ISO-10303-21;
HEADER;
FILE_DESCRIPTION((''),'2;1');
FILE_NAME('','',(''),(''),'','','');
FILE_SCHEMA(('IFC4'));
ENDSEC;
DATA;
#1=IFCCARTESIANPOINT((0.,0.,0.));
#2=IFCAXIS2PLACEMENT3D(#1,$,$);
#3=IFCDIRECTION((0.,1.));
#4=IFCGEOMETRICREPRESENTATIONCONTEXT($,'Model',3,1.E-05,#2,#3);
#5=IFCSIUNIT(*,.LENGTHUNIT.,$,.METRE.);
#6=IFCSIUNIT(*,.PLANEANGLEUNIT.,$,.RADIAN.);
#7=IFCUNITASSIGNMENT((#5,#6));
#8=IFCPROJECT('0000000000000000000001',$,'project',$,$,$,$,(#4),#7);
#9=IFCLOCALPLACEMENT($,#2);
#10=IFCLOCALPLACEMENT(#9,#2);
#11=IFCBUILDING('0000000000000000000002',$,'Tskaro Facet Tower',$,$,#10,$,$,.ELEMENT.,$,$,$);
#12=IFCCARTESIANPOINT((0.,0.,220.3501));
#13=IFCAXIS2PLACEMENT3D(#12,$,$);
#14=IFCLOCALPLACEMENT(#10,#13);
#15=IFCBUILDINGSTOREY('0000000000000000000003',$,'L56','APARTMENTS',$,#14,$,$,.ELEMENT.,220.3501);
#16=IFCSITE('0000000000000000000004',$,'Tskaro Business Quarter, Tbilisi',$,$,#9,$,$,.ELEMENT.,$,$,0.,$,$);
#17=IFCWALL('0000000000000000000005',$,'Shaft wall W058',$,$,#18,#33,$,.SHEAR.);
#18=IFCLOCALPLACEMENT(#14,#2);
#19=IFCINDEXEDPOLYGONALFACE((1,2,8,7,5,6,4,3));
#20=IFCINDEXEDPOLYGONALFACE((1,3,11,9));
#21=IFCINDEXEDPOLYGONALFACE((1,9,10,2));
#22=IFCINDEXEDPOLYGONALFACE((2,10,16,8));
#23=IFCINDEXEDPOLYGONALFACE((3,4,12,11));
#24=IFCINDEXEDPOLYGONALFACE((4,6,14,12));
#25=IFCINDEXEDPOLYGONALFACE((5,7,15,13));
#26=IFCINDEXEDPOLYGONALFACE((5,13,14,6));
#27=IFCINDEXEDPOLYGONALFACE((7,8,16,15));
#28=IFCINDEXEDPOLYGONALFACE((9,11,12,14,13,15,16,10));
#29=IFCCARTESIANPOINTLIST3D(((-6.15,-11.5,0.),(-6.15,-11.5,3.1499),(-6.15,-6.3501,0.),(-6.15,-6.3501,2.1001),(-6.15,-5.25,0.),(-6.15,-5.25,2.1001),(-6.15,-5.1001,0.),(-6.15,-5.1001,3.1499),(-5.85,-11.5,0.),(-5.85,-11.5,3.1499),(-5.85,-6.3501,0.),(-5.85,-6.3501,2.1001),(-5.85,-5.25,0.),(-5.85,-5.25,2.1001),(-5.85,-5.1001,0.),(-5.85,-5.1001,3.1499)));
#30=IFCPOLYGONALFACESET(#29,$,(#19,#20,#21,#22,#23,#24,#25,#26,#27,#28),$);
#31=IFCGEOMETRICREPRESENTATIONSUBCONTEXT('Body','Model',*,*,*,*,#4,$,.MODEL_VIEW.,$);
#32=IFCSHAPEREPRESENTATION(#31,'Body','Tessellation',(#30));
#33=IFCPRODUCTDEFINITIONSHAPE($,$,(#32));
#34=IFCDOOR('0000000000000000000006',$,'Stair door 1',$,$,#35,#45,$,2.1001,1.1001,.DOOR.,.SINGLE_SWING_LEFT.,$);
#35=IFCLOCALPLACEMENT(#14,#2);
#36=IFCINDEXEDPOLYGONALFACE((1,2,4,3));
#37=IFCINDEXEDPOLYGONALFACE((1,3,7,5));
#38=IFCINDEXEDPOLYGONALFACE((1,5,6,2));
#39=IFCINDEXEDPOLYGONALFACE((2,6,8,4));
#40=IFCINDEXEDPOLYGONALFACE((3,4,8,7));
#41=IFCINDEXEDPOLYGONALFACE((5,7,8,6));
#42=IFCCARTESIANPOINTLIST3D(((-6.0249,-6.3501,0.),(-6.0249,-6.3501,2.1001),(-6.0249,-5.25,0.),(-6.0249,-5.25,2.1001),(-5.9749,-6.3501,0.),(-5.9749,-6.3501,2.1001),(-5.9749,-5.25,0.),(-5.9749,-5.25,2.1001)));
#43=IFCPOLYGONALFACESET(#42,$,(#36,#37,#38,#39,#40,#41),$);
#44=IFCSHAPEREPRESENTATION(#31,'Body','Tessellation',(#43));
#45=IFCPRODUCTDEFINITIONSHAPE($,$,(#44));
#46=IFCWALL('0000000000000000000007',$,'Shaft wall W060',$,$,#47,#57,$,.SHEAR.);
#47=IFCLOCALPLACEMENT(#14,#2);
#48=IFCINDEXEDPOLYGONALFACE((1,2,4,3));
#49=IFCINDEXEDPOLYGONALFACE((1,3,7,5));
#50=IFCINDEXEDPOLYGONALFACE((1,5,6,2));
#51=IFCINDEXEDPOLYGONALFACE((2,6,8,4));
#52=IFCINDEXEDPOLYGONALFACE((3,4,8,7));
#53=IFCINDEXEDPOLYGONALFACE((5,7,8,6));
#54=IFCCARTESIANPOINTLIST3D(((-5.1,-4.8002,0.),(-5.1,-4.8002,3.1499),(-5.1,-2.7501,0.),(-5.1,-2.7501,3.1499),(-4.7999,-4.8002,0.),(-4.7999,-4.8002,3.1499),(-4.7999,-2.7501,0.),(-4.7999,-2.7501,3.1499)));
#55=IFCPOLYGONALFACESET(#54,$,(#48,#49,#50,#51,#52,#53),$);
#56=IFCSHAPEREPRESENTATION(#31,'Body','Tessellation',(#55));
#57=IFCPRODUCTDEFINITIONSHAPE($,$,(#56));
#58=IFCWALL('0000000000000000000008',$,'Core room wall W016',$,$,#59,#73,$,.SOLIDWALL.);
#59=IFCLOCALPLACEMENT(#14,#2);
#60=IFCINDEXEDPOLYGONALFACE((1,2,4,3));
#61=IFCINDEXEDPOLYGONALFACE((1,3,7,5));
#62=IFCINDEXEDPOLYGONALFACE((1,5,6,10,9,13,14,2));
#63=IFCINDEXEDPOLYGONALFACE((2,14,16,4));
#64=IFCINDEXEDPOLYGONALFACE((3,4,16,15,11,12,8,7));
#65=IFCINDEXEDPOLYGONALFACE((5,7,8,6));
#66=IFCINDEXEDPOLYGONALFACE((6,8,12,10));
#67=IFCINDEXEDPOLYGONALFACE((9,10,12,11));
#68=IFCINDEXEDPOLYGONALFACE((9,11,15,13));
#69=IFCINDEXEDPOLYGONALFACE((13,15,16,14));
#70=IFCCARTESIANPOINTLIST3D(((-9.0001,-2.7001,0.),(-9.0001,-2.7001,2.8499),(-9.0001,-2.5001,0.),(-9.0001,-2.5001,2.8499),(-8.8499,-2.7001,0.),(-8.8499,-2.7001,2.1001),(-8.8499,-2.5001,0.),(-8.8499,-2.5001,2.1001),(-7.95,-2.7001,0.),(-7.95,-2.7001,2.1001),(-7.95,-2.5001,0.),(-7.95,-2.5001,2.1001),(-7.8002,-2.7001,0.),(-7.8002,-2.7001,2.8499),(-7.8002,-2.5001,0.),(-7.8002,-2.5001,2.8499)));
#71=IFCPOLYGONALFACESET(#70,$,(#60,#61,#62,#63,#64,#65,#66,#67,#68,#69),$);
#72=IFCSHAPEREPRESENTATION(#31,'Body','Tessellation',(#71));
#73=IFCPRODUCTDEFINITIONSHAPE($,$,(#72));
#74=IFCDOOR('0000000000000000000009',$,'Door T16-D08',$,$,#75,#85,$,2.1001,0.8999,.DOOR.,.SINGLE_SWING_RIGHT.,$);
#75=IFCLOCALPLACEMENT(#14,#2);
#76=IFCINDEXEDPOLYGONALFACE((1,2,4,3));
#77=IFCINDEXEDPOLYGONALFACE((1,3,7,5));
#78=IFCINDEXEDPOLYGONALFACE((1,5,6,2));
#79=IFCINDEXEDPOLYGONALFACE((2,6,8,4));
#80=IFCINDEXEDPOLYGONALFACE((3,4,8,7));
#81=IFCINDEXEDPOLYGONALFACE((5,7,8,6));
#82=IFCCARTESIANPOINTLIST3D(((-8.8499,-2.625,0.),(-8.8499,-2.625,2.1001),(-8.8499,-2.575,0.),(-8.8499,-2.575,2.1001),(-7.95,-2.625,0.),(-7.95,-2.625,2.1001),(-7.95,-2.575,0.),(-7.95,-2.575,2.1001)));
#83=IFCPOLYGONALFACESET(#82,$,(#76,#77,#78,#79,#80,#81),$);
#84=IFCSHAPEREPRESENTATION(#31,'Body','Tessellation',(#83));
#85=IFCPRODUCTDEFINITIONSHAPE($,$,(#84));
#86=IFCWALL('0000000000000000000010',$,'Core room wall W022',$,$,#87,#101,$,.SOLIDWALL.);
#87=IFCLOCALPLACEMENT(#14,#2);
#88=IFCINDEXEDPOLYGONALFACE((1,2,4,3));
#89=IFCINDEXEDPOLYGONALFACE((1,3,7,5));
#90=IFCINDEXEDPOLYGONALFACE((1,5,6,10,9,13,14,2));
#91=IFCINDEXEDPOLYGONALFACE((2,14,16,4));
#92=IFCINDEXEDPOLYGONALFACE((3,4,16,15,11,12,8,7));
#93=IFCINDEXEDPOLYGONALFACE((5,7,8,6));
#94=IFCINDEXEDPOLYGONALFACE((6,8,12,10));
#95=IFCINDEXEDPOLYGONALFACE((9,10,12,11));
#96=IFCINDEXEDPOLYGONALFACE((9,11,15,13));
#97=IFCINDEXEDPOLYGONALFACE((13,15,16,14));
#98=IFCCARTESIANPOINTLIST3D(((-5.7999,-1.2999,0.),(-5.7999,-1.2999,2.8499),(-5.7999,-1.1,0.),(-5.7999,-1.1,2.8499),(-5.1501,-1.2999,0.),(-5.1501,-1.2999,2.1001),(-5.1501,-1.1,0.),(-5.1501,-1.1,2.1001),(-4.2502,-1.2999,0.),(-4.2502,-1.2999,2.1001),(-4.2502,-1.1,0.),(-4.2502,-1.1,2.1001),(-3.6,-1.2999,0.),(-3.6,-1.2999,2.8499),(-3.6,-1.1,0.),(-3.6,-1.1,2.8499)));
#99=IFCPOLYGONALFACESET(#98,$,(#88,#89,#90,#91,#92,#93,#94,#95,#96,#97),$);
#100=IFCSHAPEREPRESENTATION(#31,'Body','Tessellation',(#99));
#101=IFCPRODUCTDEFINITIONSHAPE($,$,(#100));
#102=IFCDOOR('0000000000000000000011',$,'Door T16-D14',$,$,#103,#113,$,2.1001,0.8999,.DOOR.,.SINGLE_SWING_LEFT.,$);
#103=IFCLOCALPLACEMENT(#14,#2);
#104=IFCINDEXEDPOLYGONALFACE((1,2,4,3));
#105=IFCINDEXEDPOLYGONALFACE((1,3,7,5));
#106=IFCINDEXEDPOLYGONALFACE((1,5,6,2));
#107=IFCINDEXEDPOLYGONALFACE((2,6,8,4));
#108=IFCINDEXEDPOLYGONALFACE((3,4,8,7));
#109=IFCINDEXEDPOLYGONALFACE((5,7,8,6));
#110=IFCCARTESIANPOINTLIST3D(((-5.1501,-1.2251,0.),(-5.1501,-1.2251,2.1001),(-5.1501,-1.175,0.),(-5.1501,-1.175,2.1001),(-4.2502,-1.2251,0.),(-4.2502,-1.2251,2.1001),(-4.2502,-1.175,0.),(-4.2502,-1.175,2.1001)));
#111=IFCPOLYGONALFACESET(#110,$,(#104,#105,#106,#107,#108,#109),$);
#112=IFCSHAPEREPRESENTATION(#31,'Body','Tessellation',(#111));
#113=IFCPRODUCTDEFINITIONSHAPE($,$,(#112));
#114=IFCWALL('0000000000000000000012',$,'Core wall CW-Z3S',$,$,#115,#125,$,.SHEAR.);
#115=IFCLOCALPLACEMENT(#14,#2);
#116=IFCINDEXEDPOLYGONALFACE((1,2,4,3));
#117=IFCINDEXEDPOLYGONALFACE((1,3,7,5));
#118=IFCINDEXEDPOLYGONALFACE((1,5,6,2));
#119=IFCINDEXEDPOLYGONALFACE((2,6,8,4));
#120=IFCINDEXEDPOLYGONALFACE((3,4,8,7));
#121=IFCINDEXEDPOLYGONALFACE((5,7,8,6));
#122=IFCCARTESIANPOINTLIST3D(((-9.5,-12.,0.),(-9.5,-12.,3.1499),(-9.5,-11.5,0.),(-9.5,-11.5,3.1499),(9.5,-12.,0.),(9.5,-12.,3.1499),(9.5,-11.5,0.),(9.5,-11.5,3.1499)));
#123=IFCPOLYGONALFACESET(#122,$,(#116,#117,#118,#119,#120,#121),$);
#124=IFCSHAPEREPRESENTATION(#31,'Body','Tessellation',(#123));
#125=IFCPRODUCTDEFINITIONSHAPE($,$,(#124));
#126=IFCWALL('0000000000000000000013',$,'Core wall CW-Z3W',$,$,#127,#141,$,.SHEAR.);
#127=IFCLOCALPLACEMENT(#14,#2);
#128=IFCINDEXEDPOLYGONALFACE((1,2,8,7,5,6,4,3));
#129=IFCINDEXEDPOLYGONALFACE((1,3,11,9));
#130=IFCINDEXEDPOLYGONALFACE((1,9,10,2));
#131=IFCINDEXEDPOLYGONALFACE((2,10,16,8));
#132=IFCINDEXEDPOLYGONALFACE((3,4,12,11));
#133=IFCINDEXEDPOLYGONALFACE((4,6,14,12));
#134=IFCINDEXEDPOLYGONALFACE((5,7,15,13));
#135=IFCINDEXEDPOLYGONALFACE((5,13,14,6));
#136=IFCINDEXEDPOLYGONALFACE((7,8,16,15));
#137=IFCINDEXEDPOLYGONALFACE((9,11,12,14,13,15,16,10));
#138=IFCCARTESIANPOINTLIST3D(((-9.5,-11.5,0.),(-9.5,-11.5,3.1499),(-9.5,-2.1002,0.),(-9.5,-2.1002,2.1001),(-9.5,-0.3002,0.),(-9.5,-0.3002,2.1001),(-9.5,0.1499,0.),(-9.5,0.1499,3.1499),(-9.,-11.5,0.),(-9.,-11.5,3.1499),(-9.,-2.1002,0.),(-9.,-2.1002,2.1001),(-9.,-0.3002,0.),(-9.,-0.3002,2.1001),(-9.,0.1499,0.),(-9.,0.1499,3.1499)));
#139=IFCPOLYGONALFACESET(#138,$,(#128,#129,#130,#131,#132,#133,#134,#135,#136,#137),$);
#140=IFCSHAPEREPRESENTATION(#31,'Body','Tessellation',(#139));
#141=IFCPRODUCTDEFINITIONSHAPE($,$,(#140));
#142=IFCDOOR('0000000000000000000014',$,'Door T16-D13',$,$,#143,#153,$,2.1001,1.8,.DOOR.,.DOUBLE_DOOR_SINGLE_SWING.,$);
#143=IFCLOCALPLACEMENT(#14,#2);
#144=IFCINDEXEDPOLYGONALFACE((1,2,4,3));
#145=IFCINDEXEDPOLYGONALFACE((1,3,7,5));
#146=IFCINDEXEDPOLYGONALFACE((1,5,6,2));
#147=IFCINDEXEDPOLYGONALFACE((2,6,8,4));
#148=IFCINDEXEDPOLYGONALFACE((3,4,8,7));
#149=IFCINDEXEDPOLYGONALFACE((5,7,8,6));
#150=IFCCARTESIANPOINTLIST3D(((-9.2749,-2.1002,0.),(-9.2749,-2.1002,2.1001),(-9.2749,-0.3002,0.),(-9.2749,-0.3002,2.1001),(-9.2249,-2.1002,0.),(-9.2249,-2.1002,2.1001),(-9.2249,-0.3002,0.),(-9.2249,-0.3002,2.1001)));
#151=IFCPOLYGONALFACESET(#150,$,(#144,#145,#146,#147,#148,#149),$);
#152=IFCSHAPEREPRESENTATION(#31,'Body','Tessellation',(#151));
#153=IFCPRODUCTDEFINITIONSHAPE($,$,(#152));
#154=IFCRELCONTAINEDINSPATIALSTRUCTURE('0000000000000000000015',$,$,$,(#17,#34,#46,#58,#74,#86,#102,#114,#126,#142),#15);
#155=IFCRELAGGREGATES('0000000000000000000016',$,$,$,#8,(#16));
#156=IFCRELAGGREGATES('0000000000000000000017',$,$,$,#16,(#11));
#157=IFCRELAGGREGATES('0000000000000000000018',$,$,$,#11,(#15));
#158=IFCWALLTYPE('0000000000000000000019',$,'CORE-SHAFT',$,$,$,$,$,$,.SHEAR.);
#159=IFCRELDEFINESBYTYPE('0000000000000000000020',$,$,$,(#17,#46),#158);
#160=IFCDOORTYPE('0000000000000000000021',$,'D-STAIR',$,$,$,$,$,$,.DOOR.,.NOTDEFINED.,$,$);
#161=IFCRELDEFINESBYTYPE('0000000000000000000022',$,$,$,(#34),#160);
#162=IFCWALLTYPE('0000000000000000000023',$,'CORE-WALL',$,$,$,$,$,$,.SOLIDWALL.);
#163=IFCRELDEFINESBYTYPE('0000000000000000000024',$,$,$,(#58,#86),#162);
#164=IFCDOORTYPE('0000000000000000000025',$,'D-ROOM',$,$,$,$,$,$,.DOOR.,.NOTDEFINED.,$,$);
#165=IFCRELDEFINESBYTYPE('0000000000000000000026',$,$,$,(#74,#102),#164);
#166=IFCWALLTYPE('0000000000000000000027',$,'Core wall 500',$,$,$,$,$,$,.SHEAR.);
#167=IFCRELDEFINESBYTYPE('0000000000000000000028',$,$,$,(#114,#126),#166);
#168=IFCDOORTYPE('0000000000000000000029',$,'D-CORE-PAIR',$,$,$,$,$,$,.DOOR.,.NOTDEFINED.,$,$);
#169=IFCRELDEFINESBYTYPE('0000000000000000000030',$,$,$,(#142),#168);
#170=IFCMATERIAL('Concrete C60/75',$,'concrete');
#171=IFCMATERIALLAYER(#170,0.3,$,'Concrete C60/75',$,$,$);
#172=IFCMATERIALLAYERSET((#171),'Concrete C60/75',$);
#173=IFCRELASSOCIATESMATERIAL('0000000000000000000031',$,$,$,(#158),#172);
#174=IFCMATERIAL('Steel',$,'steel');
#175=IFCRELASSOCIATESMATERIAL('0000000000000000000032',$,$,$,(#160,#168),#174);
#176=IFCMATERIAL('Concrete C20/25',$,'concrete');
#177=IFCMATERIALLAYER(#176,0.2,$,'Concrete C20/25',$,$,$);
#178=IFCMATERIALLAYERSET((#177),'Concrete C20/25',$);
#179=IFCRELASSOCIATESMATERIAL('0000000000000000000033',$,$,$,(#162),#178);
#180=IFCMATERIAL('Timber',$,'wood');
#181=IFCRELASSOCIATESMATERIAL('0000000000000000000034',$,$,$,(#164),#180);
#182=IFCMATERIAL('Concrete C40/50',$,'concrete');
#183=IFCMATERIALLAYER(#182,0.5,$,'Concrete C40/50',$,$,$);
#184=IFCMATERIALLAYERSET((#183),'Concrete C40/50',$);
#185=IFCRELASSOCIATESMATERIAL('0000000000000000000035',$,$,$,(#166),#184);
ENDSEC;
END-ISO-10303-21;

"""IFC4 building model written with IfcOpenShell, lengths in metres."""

from ifc_helpers import new_model, si_unit, direction, frame, frame_2d, origin, place, context, subcontext, project, spatial, rectangle, extrude, material, layer, layer_set, type_object, element, fill, save


model = new_model("IFC4")

# Units and contexts
model_context = context("Model", 3, precision=1e-05, world=origin(), true_north=direction((0.0, 1.0)))
body_context = subcontext(model_context, "Body", "Model", "MODEL_VIEW")
ifc_project = project(units=[si_unit("LENGTHUNIT", "METRE"), si_unit("PLANEANGLEUNIT", "RADIAN")], contexts=[model_context])

# Site, building, storey
site_placement = place(None, origin())
site = spatial("IfcSite", under=ifc_project, at=site_placement, Name="Tskaro Business Quarter, Tbilisi", CompositionType="ELEMENT", RefElevation=0.0)
building_placement = place(site_placement, origin())
building = spatial("IfcBuilding", under=site, at=building_placement, Name="Tskaro Facet Tower", CompositionType="ELEMENT")
storey_placement = place(building_placement, frame((0.0, 0.0, 220.3501)))
storey = spatial("IfcBuildingStorey", under=building, at=storey_placement, Name="L56", Description="APARTMENTS", CompositionType="ELEMENT", Elevation=220.3501)

# Shared definitions
ifc_material_1 = material(Name="Concrete C60/75", Category="concrete")
ifc_layer_1 = layer(ifc_material_1, 0.3, Name="Concrete C60/75")
ifc_layer_set_1 = layer_set([ifc_layer_1], Name="Concrete C60/75")
wall_type_1 = type_object("IfcWallType", Name="CORE-SHAFT", PredefinedType="SHEAR", material=ifc_layer_set_1)

# Wall, opening, door
wall_1_placement = place(storey_placement, frame((-6.0, -11.5, 0.0), z_axis=(0.0, 0.0, 1.0), x_axis=(0.0, 1.0, 0.0)))
wall_1 = element("IfcWall", 1, at=wall_1_placement, inside=storey, type_object=wall_type_1, Name="Shaft wall W058", PredefinedType="SHEAR", context=body_context, shape_type="SweptSolid", body=[
    extrude(rectangle(XDim=6.3999, YDim=0.3, at=frame_2d((3.2, 0.0))), origin(), (0.0, 0.0, 1.0), 3.1499),
])
opening_1_placement = place(wall_1_placement, frame((5.1499, 0.0, 0.0)))
opening_1 = element("IfcOpeningElement", 2, at=opening_1_placement, cuts=wall_1, PredefinedType="OPENING", context=body_context, shape_type="SweptSolid", body=[
    extrude(rectangle(XDim=1.1001, YDim=2.1001, at=frame_2d((0.55, 1.05))), frame((0.0, 0.1599, 0.0), z_axis=(0.0, -1.0, 0.0), x_axis=(1.0, 0.0, 0.0)), (0.0, 0.0, 1.0), 0.3201),
])
ifc_material_2 = material(Name="Steel", Category="steel")
door_type_1 = type_object("IfcDoorType", Name="D-STAIR", OperationType="NOTDEFINED", PredefinedType="DOOR", material=ifc_material_2)
door_1_placement = place(opening_1_placement, origin())
door_1 = element("IfcDoor", 3, at=door_1_placement, inside=storey, type_object=door_type_1, Name="Stair door 1", OperationType="SINGLE_SWING_LEFT", OverallHeight=2.1001, OverallWidth=1.1001, PredefinedType="DOOR", context=body_context, shape_type="SweptSolid", body=[
    extrude(rectangle(XDim=1.1001, YDim=2.1001, at=frame_2d((0.55, 1.05))), frame((0.0, 0.0249, 0.0), z_axis=(0.0, -1.0, 0.0), x_axis=(1.0, 0.0, 0.0)), (0.0, 0.0, 1.0), 0.05),
])
fill(opening_1, door_1)

# Wall
wall_2_placement = place(storey_placement, frame((-4.95, -4.8, 0.0), z_axis=(0.0, 0.0, 1.0), x_axis=(0.0, 1.0, 0.0)))
element("IfcWall", 4, at=wall_2_placement, inside=storey, type_object=wall_type_1, Name="Shaft wall W060", PredefinedType="SHEAR", context=body_context, shape_type="SweptSolid", body=[
    extrude(rectangle(XDim=2.05, YDim=0.3, at=frame_2d((1.0249, 0.0))), origin(), (0.0, 0.0, 1.0), 3.1499),
])

# Walls, openings, doors
ifc_material_3 = material(Name="Concrete C20/25", Category="concrete")
ifc_layer_2 = layer(ifc_material_3, 0.2, Name="Concrete C20/25")
ifc_layer_set_2 = layer_set([ifc_layer_2], Name="Concrete C20/25")
wall_type_2 = type_object("IfcWallType", Name="CORE-WALL", PredefinedType="SOLIDWALL", material=ifc_layer_set_2)
wall_3_placement = place(storey_placement, frame((-7.8, -2.6001, 0.0), z_axis=(0.0, 0.0, 1.0), x_axis=(-1.0, 0.0, 0.0)))
wall_3 = element("IfcWall", 5, at=wall_3_placement, inside=storey, type_object=wall_type_2, Name="Core room wall W016", PredefinedType="SOLIDWALL", context=body_context, shape_type="SweptSolid", body=[
    extrude(rectangle(XDim=1.2, YDim=0.2, at=frame_2d((0.6001, 0.0))), origin(), (0.0, 0.0, 1.0), 2.8499),
])
opening_2_placement = place(wall_3_placement, frame((0.1499, 0.0, 0.0)))
opening_2 = element("IfcOpeningElement", 6, at=opening_2_placement, cuts=wall_3, PredefinedType="OPENING", context=body_context, shape_type="SweptSolid", body=[
    extrude(rectangle(XDim=0.8999, YDim=2.1001, at=frame_2d((0.45, 1.05))), frame((0.0, 0.1099, 0.0), z_axis=(0.0, -1.0, 0.0), x_axis=(1.0, 0.0, 0.0)), (0.0, 0.0, 1.0), 0.22),
])
ifc_material_4 = material(Name="Timber", Category="wood")
door_type_2 = type_object("IfcDoorType", Name="D-ROOM", OperationType="NOTDEFINED", PredefinedType="DOOR", material=ifc_material_4)
door_2_placement = place(opening_2_placement, origin())
door_2 = element("IfcDoor", 7, at=door_2_placement, inside=storey, type_object=door_type_2, Name="Door T16-D08", OperationType="SINGLE_SWING_RIGHT", OverallHeight=2.1001, OverallWidth=0.8999, PredefinedType="DOOR", context=body_context, shape_type="SweptSolid", body=[
    extrude(rectangle(XDim=0.8999, YDim=2.1001, at=frame_2d((0.45, 1.05))), frame((0.0, 0.0249, 0.0), z_axis=(0.0, -1.0, 0.0), x_axis=(1.0, 0.0, 0.0)), (0.0, 0.0, 1.0), 0.05),
])
fill(opening_2, door_2)
wall_4_placement = place(storey_placement, frame((-5.8, -1.2, 0.0), z_axis=(0.0, 0.0, 1.0), x_axis=(1.0, 0.0, 0.0)))
wall_4 = element("IfcWall", 8, at=wall_4_placement, inside=storey, type_object=wall_type_2, Name="Core room wall W022", PredefinedType="SOLIDWALL", context=body_context, shape_type="SweptSolid", body=[
    extrude(rectangle(XDim=2.2, YDim=0.2, at=frame_2d((1.1001, 0.0))), origin(), (0.0, 0.0, 1.0), 2.8499),
])
opening_3_placement = place(wall_4_placement, frame((0.6499, 0.0, 0.0)))
opening_3 = element("IfcOpeningElement", 9, at=opening_3_placement, cuts=wall_4, PredefinedType="OPENING", context=body_context, shape_type="SweptSolid", body=[
    extrude(rectangle(XDim=0.8999, YDim=2.1001, at=frame_2d((0.45, 1.05))), frame((0.0, 0.1099, 0.0), z_axis=(0.0, -1.0, 0.0), x_axis=(1.0, 0.0, 0.0)), (0.0, 0.0, 1.0), 0.22),
])
door_3_placement = place(opening_3_placement, origin())
door_3 = element("IfcDoor", 10, at=door_3_placement, inside=storey, type_object=door_type_2, Name="Door T16-D14", OperationType="SINGLE_SWING_LEFT", OverallHeight=2.1001, OverallWidth=0.8999, PredefinedType="DOOR", context=body_context, shape_type="SweptSolid", body=[
    extrude(rectangle(XDim=0.8999, YDim=2.1001, at=frame_2d((0.45, 1.05))), frame((0.0, 0.0249, 0.0), z_axis=(0.0, -1.0, 0.0), x_axis=(1.0, 0.0, 0.0)), (0.0, 0.0, 1.0), 0.05),
])
fill(opening_3, door_3)

# Wall
ifc_material_5 = material(Name="Concrete C40/50", Category="concrete")
ifc_layer_3 = layer(ifc_material_5, 0.5, Name="Concrete C40/50")
ifc_layer_set_3 = layer_set([ifc_layer_3], Name="Concrete C40/50")
wall_type_3 = type_object("IfcWallType", Name="Core wall 500", PredefinedType="SHEAR", material=ifc_layer_set_3)
wall_5_placement = place(storey_placement, frame((-9.5, -11.75, 0.0), z_axis=(0.0, 0.0, 1.0), x_axis=(1.0, 0.0, 0.0)))
element("IfcWall", 11, at=wall_5_placement, inside=storey, type_object=wall_type_3, Name="Core wall CW-Z3S", PredefinedType="SHEAR", context=body_context, shape_type="SweptSolid", body=[
    extrude(rectangle(XDim=19.0, YDim=0.5, at=frame_2d((9.5, 0.0))), origin(), (0.0, 0.0, 1.0), 3.1499),
])

# Wall, opening, door
wall_6_placement = place(storey_placement, frame((-9.25, -11.5, 0.0), z_axis=(0.0, 0.0, 1.0), x_axis=(0.0, 1.0, 0.0)))
wall_6 = element("IfcWall", 12, at=wall_6_placement, inside=storey, type_object=wall_type_3, Name="Core wall CW-Z3W", PredefinedType="SHEAR", context=body_context, shape_type="SweptSolid", body=[
    extrude(rectangle(XDim=11.6499, YDim=0.5, at=frame_2d((5.825, 0.0))), origin(), (0.0, 0.0, 1.0), 3.1499),
])
opening_4_placement = place(wall_6_placement, frame((9.3999, 0.0, 0.0)))
opening_4 = element("IfcOpeningElement", 13, at=opening_4_placement, cuts=wall_6, PredefinedType="OPENING", context=body_context, shape_type="SweptSolid", body=[
    extrude(rectangle(XDim=1.8, YDim=2.1001, at=frame_2d((0.8999, 1.05))), frame((0.0, 0.26, 0.0), z_axis=(0.0, -1.0, 0.0), x_axis=(1.0, 0.0, 0.0)), (0.0, 0.0, 1.0), 0.52),
])
door_type_3 = type_object("IfcDoorType", Name="D-CORE-PAIR", OperationType="NOTDEFINED", PredefinedType="DOOR", material=ifc_material_2)
door_4_placement = place(opening_4_placement, origin())
door_4 = element("IfcDoor", 14, at=door_4_placement, inside=storey, type_object=door_type_3, Name="Door T16-D13", OperationType="DOUBLE_DOOR_SINGLE_SWING", OverallHeight=2.1001, OverallWidth=1.8, PredefinedType="DOOR", context=body_context, shape_type="SweptSolid", body=[
    extrude(rectangle(XDim=1.8, YDim=2.1001, at=frame_2d((0.8999, 1.05))), frame((0.0, 0.0249, 0.0), z_axis=(0.0, -1.0, 0.0), x_axis=(1.0, 0.0, 0.0)), (0.0, 0.0, 1.0), 0.05),
])
fill(opening_4, door_4)

save(model, "model.ifc")
